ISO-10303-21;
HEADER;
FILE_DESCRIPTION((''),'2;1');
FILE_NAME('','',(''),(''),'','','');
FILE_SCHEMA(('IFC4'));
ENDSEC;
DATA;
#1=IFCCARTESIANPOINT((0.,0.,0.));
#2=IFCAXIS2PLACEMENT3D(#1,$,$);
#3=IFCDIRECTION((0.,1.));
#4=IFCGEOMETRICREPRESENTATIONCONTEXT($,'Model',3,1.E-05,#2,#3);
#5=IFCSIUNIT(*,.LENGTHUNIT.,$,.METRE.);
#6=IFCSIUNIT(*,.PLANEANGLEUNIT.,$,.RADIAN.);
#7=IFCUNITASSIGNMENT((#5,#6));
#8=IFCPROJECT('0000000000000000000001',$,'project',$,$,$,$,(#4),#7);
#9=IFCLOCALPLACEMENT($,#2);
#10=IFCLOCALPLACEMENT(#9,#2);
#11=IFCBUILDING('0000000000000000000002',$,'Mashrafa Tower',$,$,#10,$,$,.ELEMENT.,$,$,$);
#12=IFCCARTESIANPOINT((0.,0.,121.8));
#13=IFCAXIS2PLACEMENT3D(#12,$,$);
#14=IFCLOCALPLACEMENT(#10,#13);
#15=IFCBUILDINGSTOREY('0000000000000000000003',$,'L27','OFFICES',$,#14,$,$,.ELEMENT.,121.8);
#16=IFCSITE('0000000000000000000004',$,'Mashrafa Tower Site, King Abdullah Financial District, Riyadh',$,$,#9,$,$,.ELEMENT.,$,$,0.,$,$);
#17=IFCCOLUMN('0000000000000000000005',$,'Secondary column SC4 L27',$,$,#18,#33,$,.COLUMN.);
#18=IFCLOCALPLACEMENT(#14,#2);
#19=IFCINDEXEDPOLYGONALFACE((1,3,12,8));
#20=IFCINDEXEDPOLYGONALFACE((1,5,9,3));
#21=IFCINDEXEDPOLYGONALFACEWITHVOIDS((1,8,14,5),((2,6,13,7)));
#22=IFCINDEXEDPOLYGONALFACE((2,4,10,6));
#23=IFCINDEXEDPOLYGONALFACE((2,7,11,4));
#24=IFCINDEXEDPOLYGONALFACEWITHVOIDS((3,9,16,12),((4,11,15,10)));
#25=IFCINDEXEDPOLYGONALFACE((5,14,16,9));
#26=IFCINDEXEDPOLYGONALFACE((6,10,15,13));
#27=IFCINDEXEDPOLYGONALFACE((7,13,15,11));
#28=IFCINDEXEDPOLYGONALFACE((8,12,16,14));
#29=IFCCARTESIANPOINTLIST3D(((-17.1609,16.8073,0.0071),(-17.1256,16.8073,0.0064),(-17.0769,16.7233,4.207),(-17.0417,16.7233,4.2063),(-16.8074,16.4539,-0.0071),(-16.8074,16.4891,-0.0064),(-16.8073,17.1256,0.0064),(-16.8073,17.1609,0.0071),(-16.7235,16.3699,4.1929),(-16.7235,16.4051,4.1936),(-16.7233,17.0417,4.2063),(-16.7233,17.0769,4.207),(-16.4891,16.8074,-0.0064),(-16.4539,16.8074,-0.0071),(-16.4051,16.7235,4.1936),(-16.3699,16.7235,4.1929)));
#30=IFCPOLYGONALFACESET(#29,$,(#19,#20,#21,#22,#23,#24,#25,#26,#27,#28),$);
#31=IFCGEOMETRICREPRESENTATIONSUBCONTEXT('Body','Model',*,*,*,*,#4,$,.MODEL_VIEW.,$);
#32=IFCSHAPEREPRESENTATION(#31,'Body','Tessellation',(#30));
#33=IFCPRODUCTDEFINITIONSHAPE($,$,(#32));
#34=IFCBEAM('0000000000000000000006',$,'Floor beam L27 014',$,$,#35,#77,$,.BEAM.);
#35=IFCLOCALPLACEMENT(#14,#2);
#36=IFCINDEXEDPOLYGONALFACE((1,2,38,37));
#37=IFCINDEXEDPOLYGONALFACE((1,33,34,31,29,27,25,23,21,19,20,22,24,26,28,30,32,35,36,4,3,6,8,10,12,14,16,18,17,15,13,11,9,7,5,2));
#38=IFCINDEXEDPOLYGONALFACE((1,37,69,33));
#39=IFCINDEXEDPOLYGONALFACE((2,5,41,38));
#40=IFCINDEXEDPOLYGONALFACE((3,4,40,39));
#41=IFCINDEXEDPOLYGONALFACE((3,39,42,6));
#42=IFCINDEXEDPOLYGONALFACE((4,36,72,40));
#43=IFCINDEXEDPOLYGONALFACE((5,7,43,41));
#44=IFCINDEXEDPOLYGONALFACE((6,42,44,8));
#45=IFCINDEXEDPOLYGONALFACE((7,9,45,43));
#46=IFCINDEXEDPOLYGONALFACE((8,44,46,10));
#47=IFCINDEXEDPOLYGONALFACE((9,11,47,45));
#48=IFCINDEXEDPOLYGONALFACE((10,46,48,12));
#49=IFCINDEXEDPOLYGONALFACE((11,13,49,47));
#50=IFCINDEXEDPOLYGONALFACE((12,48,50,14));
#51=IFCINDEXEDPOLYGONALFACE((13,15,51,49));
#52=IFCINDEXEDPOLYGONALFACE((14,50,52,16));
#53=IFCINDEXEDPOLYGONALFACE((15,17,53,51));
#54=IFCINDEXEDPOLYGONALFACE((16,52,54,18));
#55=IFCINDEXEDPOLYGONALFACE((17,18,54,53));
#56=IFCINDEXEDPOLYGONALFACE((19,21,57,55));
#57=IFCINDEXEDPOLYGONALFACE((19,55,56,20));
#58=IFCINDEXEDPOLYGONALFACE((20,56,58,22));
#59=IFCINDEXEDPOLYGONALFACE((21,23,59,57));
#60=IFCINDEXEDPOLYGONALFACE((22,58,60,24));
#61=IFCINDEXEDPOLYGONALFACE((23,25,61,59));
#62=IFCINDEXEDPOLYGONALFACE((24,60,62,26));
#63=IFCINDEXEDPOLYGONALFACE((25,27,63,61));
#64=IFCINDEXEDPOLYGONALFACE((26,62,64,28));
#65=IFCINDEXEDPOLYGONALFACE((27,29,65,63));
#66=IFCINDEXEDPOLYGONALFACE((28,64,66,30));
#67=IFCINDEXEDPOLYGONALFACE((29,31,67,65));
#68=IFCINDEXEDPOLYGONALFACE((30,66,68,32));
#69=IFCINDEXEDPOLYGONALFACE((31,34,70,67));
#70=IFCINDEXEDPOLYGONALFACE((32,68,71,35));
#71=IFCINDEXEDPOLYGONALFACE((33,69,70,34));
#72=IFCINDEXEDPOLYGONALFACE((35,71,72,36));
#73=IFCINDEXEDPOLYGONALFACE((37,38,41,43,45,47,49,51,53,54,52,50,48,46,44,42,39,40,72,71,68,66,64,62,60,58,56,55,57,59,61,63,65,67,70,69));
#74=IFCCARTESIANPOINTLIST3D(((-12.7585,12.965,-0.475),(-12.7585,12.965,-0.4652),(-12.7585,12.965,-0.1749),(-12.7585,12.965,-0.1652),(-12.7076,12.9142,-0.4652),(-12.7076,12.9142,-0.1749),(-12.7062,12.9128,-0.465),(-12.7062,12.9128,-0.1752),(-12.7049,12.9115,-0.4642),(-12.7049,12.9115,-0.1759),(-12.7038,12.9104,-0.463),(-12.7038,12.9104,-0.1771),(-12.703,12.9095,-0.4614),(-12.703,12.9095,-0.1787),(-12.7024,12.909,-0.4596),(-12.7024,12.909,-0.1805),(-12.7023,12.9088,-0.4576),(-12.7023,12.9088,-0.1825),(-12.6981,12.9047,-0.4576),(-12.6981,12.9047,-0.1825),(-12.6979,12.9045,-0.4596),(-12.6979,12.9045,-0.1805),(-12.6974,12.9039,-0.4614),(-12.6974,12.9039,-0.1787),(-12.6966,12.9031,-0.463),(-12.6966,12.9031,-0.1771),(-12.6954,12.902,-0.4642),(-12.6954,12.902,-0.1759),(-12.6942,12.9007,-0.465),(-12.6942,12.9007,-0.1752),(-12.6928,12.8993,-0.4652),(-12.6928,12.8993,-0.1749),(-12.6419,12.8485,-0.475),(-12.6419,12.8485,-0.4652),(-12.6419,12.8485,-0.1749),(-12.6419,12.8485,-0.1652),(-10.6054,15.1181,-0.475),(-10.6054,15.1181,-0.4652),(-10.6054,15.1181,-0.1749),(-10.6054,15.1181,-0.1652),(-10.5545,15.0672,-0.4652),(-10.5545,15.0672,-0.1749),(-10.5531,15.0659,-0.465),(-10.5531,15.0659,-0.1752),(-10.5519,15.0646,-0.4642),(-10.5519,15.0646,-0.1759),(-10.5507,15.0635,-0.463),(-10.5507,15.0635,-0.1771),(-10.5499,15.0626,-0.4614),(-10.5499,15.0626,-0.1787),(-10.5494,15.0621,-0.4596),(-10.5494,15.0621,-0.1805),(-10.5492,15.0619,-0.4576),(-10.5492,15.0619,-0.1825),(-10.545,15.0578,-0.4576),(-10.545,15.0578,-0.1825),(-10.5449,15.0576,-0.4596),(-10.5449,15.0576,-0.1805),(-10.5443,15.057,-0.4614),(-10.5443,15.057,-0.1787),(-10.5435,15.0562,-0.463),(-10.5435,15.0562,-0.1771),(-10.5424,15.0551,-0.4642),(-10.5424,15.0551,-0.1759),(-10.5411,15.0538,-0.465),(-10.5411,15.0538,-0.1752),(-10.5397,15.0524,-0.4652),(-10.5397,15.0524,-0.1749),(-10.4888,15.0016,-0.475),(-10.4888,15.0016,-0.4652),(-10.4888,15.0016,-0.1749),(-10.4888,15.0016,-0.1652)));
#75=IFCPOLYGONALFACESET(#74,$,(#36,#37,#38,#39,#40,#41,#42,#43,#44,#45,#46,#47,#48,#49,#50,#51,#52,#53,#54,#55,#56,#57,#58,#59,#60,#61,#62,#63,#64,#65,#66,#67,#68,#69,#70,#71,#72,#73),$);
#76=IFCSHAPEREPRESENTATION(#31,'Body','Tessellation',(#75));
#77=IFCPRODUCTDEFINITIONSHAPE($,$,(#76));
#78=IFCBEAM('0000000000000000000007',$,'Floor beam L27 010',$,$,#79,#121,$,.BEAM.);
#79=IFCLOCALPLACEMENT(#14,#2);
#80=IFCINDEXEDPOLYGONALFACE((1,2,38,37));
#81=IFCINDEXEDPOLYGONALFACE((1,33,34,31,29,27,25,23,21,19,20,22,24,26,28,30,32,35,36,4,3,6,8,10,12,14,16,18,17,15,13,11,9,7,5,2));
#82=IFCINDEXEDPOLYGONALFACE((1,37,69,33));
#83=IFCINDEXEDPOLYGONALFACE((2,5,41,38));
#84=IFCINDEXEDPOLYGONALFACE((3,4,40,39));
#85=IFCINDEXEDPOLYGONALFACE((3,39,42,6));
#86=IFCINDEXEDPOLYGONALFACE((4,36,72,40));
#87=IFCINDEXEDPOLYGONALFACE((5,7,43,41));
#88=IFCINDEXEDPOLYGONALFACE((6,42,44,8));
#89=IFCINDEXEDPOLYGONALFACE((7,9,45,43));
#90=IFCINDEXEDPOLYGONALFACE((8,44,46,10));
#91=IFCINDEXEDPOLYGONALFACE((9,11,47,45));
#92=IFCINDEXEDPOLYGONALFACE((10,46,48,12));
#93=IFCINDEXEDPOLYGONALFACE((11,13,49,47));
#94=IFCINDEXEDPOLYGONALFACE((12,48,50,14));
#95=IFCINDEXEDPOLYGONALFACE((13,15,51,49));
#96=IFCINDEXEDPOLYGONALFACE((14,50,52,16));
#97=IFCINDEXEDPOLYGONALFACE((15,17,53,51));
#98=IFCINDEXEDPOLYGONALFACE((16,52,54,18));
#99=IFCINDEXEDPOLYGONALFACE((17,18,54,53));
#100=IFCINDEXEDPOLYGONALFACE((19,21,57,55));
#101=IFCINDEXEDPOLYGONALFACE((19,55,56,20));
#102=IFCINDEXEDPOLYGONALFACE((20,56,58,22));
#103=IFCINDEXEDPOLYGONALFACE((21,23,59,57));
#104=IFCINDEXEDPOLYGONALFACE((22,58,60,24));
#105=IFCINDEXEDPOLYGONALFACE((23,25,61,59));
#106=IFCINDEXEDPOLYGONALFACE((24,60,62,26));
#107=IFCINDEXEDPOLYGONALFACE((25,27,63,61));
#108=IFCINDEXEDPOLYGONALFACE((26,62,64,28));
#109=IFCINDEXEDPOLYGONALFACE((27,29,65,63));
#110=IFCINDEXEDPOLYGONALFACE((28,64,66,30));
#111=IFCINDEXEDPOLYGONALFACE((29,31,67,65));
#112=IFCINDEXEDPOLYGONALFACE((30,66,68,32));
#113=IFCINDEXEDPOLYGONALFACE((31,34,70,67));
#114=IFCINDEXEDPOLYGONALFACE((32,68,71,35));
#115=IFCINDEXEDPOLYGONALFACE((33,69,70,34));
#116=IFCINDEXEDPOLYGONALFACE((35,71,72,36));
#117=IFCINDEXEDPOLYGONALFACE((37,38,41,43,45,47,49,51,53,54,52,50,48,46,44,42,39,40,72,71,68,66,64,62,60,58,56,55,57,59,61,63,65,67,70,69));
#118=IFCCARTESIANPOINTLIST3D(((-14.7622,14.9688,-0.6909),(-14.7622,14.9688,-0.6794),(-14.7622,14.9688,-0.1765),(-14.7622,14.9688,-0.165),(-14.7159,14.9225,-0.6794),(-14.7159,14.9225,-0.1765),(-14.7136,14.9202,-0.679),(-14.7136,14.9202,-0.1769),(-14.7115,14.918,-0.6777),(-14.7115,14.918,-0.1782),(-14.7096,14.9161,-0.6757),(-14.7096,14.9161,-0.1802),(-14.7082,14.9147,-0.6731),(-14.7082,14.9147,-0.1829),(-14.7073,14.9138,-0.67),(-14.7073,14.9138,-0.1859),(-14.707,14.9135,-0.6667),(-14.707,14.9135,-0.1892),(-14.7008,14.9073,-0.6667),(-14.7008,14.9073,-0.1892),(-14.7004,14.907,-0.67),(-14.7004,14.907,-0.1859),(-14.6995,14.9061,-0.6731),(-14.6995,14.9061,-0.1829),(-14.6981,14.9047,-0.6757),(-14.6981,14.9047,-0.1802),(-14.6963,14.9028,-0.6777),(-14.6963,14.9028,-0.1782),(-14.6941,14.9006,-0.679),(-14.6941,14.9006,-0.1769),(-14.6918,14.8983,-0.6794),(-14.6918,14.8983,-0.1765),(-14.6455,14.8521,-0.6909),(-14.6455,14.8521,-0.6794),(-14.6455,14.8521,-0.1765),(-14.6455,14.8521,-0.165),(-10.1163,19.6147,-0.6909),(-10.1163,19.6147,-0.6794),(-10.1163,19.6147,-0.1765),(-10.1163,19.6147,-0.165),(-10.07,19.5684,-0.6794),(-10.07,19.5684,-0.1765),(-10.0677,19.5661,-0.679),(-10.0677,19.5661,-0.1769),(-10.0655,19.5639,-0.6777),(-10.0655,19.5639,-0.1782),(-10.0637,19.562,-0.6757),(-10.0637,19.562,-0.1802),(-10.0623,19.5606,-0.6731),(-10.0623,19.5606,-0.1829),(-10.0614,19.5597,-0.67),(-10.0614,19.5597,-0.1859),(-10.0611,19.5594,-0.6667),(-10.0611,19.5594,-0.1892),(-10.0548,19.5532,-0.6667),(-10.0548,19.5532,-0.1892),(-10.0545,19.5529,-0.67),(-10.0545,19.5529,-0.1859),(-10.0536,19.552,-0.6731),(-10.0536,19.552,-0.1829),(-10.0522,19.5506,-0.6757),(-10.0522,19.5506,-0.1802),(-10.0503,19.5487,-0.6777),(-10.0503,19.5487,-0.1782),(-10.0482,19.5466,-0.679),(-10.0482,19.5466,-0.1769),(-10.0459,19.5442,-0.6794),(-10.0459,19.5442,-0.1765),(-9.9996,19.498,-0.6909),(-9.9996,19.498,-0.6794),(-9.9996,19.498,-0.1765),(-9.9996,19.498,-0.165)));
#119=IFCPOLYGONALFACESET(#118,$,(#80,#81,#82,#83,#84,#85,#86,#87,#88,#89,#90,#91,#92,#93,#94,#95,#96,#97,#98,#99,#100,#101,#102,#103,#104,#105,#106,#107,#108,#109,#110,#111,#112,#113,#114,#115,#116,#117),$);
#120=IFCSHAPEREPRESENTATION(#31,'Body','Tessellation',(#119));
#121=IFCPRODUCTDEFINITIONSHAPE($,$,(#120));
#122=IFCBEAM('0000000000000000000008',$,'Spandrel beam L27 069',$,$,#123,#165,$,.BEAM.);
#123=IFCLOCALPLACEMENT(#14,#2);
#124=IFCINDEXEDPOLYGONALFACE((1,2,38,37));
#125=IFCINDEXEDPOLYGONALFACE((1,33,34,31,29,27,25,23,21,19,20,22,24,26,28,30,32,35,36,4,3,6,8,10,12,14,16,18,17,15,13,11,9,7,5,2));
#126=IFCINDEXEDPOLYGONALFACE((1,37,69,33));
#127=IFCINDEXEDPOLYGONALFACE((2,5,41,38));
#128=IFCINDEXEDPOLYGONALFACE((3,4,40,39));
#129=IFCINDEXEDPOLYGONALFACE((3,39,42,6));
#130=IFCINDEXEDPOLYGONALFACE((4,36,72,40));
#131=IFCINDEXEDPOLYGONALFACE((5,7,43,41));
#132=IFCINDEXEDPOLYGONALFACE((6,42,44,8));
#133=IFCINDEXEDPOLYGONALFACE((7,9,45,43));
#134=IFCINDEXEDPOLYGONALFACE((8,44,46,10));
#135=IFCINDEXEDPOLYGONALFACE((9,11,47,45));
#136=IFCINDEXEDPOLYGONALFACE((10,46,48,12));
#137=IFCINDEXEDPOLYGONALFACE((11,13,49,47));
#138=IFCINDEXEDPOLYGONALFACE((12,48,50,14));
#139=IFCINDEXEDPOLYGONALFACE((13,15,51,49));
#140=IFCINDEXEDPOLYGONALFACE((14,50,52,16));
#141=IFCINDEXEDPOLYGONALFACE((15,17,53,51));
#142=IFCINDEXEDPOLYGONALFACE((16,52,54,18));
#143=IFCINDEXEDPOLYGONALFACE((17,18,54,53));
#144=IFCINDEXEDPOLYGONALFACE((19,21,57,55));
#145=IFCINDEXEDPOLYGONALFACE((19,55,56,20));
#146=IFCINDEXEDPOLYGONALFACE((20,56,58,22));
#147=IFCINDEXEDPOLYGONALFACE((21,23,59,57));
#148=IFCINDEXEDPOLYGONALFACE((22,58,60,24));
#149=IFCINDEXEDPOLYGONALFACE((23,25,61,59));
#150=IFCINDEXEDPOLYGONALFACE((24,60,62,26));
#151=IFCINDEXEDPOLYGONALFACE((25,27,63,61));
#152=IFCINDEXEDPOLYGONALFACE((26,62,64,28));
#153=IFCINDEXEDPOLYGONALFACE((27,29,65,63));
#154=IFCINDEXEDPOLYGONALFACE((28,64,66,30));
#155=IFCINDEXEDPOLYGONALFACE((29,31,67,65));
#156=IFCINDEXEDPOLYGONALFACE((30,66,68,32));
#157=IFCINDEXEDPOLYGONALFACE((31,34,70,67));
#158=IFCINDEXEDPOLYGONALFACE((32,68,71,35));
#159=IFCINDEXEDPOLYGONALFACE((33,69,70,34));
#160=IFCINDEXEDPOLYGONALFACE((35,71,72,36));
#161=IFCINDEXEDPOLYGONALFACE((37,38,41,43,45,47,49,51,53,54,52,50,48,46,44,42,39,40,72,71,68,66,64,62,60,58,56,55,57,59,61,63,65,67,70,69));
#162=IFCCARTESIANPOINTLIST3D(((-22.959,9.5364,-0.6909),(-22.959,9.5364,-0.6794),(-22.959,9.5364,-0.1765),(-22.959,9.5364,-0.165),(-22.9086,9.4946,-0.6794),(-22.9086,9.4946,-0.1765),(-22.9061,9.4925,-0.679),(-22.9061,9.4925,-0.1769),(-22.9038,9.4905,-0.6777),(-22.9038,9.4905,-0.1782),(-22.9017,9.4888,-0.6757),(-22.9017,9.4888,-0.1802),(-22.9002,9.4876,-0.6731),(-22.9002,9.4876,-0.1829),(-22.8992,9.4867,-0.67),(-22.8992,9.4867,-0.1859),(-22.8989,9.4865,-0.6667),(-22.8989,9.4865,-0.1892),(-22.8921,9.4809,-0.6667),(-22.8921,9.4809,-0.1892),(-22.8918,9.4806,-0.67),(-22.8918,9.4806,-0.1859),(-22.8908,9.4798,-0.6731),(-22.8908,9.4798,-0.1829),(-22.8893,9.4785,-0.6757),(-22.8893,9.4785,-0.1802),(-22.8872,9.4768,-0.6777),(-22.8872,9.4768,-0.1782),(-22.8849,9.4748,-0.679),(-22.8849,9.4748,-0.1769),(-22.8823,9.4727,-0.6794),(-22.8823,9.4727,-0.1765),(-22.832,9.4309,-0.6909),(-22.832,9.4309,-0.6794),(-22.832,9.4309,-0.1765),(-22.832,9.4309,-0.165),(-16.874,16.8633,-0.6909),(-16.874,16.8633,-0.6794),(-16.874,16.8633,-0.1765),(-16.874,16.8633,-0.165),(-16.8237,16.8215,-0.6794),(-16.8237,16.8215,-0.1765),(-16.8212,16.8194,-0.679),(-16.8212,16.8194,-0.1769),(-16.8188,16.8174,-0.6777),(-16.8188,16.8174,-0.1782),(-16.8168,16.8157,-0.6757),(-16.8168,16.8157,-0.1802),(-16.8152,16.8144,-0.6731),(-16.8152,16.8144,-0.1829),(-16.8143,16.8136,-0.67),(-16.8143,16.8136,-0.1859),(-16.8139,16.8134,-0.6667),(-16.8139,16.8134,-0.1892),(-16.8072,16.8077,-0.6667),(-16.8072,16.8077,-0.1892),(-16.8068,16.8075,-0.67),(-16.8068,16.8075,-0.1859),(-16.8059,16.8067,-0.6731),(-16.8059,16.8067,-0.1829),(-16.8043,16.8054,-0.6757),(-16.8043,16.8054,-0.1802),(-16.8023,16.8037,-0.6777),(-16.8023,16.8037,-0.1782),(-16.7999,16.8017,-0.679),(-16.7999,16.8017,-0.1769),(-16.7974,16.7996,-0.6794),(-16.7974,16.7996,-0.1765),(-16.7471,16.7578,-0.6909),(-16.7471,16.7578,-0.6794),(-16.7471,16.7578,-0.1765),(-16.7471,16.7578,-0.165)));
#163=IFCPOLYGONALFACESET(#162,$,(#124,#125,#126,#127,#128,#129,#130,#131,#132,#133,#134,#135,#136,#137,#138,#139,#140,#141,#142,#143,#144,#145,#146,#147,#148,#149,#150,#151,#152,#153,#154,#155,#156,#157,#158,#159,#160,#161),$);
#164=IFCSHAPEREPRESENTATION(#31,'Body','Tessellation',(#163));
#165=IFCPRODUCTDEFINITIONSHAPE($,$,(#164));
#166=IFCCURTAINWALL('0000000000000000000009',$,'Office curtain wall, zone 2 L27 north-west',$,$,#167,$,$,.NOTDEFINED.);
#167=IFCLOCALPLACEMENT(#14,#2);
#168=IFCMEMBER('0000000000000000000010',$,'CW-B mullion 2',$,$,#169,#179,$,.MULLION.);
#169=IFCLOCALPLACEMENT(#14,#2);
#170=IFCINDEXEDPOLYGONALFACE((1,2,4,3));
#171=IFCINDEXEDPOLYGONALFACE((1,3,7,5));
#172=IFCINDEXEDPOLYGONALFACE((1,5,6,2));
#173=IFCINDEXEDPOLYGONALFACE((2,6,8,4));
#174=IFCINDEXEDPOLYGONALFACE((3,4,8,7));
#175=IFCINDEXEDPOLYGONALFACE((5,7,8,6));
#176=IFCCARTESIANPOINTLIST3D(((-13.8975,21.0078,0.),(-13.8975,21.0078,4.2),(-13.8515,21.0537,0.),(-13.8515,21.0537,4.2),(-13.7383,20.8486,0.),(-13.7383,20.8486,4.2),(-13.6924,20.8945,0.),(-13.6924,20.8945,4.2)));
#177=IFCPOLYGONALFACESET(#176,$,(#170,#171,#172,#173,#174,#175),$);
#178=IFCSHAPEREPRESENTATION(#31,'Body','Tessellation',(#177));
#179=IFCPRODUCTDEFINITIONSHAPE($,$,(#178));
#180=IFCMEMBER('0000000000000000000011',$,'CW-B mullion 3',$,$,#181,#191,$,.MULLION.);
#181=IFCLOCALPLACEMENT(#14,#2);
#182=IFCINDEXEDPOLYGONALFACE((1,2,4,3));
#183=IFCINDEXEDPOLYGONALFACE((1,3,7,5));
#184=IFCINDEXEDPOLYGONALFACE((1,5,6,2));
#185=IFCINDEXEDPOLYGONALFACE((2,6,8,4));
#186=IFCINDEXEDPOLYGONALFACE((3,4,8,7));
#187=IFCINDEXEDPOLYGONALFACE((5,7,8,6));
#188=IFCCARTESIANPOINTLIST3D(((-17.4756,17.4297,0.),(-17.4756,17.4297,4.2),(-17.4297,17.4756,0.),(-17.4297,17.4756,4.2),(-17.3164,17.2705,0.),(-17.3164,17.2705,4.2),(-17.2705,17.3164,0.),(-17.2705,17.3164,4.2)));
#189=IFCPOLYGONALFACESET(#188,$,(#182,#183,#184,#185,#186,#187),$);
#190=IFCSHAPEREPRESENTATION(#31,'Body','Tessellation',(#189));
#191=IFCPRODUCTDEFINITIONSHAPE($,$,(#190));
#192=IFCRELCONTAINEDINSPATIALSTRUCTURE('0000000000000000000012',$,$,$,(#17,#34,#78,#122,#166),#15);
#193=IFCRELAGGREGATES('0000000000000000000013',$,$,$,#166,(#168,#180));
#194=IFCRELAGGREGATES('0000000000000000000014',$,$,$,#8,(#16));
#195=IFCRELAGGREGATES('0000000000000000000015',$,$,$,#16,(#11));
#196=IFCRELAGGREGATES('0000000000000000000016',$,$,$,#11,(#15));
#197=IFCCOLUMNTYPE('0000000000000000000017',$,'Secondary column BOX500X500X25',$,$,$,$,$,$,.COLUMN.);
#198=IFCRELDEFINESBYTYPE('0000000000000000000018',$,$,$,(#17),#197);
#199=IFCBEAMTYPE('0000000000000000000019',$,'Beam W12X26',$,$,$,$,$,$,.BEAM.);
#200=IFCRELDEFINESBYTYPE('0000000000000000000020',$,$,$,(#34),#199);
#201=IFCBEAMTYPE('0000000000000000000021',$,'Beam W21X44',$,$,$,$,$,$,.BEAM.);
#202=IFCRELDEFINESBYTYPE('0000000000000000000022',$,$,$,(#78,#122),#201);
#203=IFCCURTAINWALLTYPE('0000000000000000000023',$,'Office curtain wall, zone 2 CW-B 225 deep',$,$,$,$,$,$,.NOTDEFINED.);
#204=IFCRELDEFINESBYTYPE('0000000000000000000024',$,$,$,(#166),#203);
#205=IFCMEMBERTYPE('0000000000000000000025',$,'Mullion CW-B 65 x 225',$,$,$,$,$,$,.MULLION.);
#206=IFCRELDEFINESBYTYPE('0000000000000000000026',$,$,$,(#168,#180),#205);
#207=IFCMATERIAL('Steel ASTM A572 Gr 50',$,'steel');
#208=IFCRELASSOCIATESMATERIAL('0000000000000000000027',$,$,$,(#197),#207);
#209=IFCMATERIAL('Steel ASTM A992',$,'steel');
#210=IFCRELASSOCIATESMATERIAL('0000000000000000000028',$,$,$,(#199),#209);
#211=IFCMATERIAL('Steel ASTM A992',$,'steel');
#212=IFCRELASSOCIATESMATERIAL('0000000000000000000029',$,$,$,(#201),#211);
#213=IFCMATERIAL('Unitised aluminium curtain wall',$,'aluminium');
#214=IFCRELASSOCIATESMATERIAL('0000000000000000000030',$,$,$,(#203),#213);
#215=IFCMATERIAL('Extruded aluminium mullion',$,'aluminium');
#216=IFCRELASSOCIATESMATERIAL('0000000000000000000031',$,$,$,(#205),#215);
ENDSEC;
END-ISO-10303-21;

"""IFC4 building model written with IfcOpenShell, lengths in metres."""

from ifc_helpers import new_model, si_unit, direction, frame, origin, origin_2d, place, context, subcontext, project, spatial, rectangle, hollow_rectangle, i_section, extrude, source, transform, mapped, material, material_profile, profile_set, type_object, type_shapes, element, aggregate, save


model = new_model("IFC4")

# Units and contexts
model_context = context("Model", 3, precision=1e-05, world=origin(), true_north=direction((0.0, 1.0)))
body_context = subcontext(model_context, "Body", "Model", "MODEL_VIEW")
ifc_project = project(units=[si_unit("LENGTHUNIT", "METRE"), si_unit("PLANEANGLEUNIT", "RADIAN")], contexts=[model_context])

# Site, building, storey
site_placement = place(None, origin())
site = spatial("IfcSite", under=ifc_project, at=site_placement, Name="Mashrafa Tower Site, King Abdullah Financial District, Riyadh", CompositionType="ELEMENT", RefElevation=0.0)
building_placement = place(site_placement, origin())
building = spatial("IfcBuilding", under=site, at=building_placement, Name="Mashrafa Tower", CompositionType="ELEMENT")
storey_placement = place(building_placement, frame((0.0, 0.0, 121.8)))
storey = spatial("IfcBuildingStorey", under=building, at=storey_placement, Name="L27", Description="OFFICES", CompositionType="ELEMENT", Elevation=121.8)

# Column
ifc_material_1 = material(Name="Steel ASTM A572 Gr 50", Category="steel")
ifc_material_profile_1 = material_profile(ifc_material_1, hollow_rectangle(XDim=0.5, YDim=0.5, WallThickness=0.0249, at=origin_2d()), Name="BOX500X500X25")
ifc_profile_set_1 = profile_set([ifc_material_profile_1], Name="Steel ASTM A572 Gr 50")
column_type = type_object("IfcColumnType", Name="Secondary column BOX500X500X25", PredefinedType="COLUMN", material=ifc_profile_set_1)
column_placement = place(storey_placement, frame((-16.8074, 16.8074, 0.0), z_axis=(0.019989, -0.019989, 0.9996), x_axis=(0.707107, 0.707107, 0.0)))
element("IfcColumn", 1, at=column_placement, inside=storey, type_object=column_type, Name="Secondary column SC4 L27", PredefinedType="COLUMN", context=body_context, shape_type="SweptSolid", body=[
    extrude(hollow_rectangle(XDim=0.5, YDim=0.5, WallThickness=0.0249, at=origin_2d()), origin(), (0.0, 0.0, 1.0), 4.2017),
])

# Beams
ifc_material_2 = material(Name="Steel ASTM A992", Category="steel")
ifc_material_profile_2 = material_profile(ifc_material_2, i_section(OverallWidth=0.1648, OverallDepth=0.3098, WebThickness=0.0059, FlangeThickness=0.0098, FilletRadius=0.0076, at=origin_2d()), Name="W12X26")
ifc_profile_set_2 = profile_set([ifc_material_profile_2], Name="Steel ASTM A992")
beam_type_1 = type_object("IfcBeamType", Name="Beam W12X26", PredefinedType="BEAM", material=ifc_profile_set_2)
beam_1_placement = place(storey_placement, frame((-12.7002, 12.9067, -0.3201), z_axis=(0.707107, 0.707107, 0.0), x_axis=(-0.707107, 0.707107, 0.0)))
element("IfcBeam", 2, at=beam_1_placement, inside=storey, type_object=beam_type_1, Name="Floor beam L27 014", PredefinedType="BEAM", context=body_context, shape_type="SweptSolid", body=[
    extrude(i_section(OverallWidth=0.1648, OverallDepth=0.3098, WebThickness=0.0059, FlangeThickness=0.0098, FilletRadius=0.0076, at=origin_2d()), origin(), (0.0, 0.0, 1.0), 3.0449),
])
ifc_material_3 = material(Name="Steel ASTM A992", Category="steel")
ifc_material_profile_3 = material_profile(ifc_material_3, i_section(OverallWidth=0.165, OverallDepth=0.5259, WebThickness=0.0088, FlangeThickness=0.0115, FilletRadius=0.0127, at=origin_2d()), Name="W21X44")
ifc_profile_set_3 = profile_set([ifc_material_profile_3], Name="Steel ASTM A992")
beam_type_2 = type_object("IfcBeamType", Name="Beam W21X44", PredefinedType="BEAM", material=ifc_profile_set_3)
beam_2_placement = place(storey_placement, frame((-14.7039, 14.9104, -0.428), z_axis=(0.707107, 0.707107, 0.0), x_axis=(-0.707107, 0.707107, 0.0)))
element("IfcBeam", 3, at=beam_2_placement, inside=storey, type_object=beam_type_2, Name="Floor beam L27 010", PredefinedType="BEAM", context=body_context, shape_type="SweptSolid", body=[
    extrude(i_section(OverallWidth=0.165, OverallDepth=0.5259, WebThickness=0.0088, FlangeThickness=0.0115, FilletRadius=0.0127, at=origin_2d()), origin(), (0.0, 0.0, 1.0), 6.5703),
])
beam_3_placement = place(storey_placement, frame((-16.8105, 16.8105, -0.428), z_axis=(-0.638895, -0.769294, 0.0), x_axis=(0.769294, -0.638895, 0.0)))
element("IfcBeam", 4, at=beam_3_placement, inside=storey, type_object=beam_type_2, Name="Spandrel beam L27 069", PredefinedType="BEAM", context=body_context, shape_type="SweptSolid", body=[
    extrude(i_section(OverallWidth=0.165, OverallDepth=0.5259, WebThickness=0.0088, FlangeThickness=0.0115, FilletRadius=0.0127, at=origin_2d()), origin(), (0.0, 0.0, 1.0), 9.5242),
])

# Curtain wall, members
ifc_material_4 = material(Name="Unitised aluminium curtain wall", Category="aluminium")
curtain_wall_type = type_object("IfcCurtainWallType", Name="Office curtain wall, zone 2 CW-B 225 deep", PredefinedType="NOTDEFINED", material=ifc_material_4)
curtain_wall_placement = place(storey_placement, origin())
curtain_wall = element("IfcCurtainWall", 5, at=curtain_wall_placement, inside=storey, type_object=curtain_wall_type, Name="Office curtain wall, zone 2 L27 north-west", PredefinedType="NOTDEFINED")
ifc_material_5 = material(Name="Extruded aluminium mullion", Category="aluminium")
ifc_material_profile_4 = material_profile(ifc_material_5, rectangle(XDim=0.2251, YDim=0.0649, at=origin_2d()), Name="Mullion 65x225")
ifc_profile_set_4 = profile_set([ifc_material_profile_4], Name="Extruded aluminium mullion")
member_type_1 = type_object("IfcMemberType", Name="Mullion CW-B 65 x 225", PredefinedType="MULLION", material=ifc_profile_set_4)
shared_shape_1 = source(origin(), body_context, "Body", "SweptSolid", [
    extrude(rectangle(XDim=0.2251, YDim=0.0649, at=origin_2d()), origin(), (0.0, 0.0, 1.0), 4.2),
])
type_shapes(member_type_1, [shared_shape_1])
member_1_placement = place(storey_placement, frame((-13.7949, 20.9512, 0.0), z_axis=(0.0, 0.0, 1.0), x_axis=(0.707107, -0.707107, 0.0)))
member_1 = element("IfcMember", 6, at=member_1_placement, type_object=member_type_1, Name="CW-B mullion 2", PredefinedType="MULLION", context=body_context, shape_type="MappedRepresentation", body=[
    mapped(shared_shape_1, transform((0.0, 0.0, 0.0))),
])
member_2_placement = place(storey_placement, frame((-17.373, 17.373, 0.0), z_axis=(0.0, 0.0, 1.0), x_axis=(0.707107, -0.707107, 0.0)))
member_2 = element("IfcMember", 7, at=member_2_placement, type_object=member_type_1, Name="CW-B mullion 3", PredefinedType="MULLION", context=body_context, shape_type="MappedRepresentation", body=[
    mapped(shared_shape_1, transform((0.0, 0.0, 0.0))),
])
aggregate(curtain_wall, [member_1, member_2])

save(model, "model.ifc")
